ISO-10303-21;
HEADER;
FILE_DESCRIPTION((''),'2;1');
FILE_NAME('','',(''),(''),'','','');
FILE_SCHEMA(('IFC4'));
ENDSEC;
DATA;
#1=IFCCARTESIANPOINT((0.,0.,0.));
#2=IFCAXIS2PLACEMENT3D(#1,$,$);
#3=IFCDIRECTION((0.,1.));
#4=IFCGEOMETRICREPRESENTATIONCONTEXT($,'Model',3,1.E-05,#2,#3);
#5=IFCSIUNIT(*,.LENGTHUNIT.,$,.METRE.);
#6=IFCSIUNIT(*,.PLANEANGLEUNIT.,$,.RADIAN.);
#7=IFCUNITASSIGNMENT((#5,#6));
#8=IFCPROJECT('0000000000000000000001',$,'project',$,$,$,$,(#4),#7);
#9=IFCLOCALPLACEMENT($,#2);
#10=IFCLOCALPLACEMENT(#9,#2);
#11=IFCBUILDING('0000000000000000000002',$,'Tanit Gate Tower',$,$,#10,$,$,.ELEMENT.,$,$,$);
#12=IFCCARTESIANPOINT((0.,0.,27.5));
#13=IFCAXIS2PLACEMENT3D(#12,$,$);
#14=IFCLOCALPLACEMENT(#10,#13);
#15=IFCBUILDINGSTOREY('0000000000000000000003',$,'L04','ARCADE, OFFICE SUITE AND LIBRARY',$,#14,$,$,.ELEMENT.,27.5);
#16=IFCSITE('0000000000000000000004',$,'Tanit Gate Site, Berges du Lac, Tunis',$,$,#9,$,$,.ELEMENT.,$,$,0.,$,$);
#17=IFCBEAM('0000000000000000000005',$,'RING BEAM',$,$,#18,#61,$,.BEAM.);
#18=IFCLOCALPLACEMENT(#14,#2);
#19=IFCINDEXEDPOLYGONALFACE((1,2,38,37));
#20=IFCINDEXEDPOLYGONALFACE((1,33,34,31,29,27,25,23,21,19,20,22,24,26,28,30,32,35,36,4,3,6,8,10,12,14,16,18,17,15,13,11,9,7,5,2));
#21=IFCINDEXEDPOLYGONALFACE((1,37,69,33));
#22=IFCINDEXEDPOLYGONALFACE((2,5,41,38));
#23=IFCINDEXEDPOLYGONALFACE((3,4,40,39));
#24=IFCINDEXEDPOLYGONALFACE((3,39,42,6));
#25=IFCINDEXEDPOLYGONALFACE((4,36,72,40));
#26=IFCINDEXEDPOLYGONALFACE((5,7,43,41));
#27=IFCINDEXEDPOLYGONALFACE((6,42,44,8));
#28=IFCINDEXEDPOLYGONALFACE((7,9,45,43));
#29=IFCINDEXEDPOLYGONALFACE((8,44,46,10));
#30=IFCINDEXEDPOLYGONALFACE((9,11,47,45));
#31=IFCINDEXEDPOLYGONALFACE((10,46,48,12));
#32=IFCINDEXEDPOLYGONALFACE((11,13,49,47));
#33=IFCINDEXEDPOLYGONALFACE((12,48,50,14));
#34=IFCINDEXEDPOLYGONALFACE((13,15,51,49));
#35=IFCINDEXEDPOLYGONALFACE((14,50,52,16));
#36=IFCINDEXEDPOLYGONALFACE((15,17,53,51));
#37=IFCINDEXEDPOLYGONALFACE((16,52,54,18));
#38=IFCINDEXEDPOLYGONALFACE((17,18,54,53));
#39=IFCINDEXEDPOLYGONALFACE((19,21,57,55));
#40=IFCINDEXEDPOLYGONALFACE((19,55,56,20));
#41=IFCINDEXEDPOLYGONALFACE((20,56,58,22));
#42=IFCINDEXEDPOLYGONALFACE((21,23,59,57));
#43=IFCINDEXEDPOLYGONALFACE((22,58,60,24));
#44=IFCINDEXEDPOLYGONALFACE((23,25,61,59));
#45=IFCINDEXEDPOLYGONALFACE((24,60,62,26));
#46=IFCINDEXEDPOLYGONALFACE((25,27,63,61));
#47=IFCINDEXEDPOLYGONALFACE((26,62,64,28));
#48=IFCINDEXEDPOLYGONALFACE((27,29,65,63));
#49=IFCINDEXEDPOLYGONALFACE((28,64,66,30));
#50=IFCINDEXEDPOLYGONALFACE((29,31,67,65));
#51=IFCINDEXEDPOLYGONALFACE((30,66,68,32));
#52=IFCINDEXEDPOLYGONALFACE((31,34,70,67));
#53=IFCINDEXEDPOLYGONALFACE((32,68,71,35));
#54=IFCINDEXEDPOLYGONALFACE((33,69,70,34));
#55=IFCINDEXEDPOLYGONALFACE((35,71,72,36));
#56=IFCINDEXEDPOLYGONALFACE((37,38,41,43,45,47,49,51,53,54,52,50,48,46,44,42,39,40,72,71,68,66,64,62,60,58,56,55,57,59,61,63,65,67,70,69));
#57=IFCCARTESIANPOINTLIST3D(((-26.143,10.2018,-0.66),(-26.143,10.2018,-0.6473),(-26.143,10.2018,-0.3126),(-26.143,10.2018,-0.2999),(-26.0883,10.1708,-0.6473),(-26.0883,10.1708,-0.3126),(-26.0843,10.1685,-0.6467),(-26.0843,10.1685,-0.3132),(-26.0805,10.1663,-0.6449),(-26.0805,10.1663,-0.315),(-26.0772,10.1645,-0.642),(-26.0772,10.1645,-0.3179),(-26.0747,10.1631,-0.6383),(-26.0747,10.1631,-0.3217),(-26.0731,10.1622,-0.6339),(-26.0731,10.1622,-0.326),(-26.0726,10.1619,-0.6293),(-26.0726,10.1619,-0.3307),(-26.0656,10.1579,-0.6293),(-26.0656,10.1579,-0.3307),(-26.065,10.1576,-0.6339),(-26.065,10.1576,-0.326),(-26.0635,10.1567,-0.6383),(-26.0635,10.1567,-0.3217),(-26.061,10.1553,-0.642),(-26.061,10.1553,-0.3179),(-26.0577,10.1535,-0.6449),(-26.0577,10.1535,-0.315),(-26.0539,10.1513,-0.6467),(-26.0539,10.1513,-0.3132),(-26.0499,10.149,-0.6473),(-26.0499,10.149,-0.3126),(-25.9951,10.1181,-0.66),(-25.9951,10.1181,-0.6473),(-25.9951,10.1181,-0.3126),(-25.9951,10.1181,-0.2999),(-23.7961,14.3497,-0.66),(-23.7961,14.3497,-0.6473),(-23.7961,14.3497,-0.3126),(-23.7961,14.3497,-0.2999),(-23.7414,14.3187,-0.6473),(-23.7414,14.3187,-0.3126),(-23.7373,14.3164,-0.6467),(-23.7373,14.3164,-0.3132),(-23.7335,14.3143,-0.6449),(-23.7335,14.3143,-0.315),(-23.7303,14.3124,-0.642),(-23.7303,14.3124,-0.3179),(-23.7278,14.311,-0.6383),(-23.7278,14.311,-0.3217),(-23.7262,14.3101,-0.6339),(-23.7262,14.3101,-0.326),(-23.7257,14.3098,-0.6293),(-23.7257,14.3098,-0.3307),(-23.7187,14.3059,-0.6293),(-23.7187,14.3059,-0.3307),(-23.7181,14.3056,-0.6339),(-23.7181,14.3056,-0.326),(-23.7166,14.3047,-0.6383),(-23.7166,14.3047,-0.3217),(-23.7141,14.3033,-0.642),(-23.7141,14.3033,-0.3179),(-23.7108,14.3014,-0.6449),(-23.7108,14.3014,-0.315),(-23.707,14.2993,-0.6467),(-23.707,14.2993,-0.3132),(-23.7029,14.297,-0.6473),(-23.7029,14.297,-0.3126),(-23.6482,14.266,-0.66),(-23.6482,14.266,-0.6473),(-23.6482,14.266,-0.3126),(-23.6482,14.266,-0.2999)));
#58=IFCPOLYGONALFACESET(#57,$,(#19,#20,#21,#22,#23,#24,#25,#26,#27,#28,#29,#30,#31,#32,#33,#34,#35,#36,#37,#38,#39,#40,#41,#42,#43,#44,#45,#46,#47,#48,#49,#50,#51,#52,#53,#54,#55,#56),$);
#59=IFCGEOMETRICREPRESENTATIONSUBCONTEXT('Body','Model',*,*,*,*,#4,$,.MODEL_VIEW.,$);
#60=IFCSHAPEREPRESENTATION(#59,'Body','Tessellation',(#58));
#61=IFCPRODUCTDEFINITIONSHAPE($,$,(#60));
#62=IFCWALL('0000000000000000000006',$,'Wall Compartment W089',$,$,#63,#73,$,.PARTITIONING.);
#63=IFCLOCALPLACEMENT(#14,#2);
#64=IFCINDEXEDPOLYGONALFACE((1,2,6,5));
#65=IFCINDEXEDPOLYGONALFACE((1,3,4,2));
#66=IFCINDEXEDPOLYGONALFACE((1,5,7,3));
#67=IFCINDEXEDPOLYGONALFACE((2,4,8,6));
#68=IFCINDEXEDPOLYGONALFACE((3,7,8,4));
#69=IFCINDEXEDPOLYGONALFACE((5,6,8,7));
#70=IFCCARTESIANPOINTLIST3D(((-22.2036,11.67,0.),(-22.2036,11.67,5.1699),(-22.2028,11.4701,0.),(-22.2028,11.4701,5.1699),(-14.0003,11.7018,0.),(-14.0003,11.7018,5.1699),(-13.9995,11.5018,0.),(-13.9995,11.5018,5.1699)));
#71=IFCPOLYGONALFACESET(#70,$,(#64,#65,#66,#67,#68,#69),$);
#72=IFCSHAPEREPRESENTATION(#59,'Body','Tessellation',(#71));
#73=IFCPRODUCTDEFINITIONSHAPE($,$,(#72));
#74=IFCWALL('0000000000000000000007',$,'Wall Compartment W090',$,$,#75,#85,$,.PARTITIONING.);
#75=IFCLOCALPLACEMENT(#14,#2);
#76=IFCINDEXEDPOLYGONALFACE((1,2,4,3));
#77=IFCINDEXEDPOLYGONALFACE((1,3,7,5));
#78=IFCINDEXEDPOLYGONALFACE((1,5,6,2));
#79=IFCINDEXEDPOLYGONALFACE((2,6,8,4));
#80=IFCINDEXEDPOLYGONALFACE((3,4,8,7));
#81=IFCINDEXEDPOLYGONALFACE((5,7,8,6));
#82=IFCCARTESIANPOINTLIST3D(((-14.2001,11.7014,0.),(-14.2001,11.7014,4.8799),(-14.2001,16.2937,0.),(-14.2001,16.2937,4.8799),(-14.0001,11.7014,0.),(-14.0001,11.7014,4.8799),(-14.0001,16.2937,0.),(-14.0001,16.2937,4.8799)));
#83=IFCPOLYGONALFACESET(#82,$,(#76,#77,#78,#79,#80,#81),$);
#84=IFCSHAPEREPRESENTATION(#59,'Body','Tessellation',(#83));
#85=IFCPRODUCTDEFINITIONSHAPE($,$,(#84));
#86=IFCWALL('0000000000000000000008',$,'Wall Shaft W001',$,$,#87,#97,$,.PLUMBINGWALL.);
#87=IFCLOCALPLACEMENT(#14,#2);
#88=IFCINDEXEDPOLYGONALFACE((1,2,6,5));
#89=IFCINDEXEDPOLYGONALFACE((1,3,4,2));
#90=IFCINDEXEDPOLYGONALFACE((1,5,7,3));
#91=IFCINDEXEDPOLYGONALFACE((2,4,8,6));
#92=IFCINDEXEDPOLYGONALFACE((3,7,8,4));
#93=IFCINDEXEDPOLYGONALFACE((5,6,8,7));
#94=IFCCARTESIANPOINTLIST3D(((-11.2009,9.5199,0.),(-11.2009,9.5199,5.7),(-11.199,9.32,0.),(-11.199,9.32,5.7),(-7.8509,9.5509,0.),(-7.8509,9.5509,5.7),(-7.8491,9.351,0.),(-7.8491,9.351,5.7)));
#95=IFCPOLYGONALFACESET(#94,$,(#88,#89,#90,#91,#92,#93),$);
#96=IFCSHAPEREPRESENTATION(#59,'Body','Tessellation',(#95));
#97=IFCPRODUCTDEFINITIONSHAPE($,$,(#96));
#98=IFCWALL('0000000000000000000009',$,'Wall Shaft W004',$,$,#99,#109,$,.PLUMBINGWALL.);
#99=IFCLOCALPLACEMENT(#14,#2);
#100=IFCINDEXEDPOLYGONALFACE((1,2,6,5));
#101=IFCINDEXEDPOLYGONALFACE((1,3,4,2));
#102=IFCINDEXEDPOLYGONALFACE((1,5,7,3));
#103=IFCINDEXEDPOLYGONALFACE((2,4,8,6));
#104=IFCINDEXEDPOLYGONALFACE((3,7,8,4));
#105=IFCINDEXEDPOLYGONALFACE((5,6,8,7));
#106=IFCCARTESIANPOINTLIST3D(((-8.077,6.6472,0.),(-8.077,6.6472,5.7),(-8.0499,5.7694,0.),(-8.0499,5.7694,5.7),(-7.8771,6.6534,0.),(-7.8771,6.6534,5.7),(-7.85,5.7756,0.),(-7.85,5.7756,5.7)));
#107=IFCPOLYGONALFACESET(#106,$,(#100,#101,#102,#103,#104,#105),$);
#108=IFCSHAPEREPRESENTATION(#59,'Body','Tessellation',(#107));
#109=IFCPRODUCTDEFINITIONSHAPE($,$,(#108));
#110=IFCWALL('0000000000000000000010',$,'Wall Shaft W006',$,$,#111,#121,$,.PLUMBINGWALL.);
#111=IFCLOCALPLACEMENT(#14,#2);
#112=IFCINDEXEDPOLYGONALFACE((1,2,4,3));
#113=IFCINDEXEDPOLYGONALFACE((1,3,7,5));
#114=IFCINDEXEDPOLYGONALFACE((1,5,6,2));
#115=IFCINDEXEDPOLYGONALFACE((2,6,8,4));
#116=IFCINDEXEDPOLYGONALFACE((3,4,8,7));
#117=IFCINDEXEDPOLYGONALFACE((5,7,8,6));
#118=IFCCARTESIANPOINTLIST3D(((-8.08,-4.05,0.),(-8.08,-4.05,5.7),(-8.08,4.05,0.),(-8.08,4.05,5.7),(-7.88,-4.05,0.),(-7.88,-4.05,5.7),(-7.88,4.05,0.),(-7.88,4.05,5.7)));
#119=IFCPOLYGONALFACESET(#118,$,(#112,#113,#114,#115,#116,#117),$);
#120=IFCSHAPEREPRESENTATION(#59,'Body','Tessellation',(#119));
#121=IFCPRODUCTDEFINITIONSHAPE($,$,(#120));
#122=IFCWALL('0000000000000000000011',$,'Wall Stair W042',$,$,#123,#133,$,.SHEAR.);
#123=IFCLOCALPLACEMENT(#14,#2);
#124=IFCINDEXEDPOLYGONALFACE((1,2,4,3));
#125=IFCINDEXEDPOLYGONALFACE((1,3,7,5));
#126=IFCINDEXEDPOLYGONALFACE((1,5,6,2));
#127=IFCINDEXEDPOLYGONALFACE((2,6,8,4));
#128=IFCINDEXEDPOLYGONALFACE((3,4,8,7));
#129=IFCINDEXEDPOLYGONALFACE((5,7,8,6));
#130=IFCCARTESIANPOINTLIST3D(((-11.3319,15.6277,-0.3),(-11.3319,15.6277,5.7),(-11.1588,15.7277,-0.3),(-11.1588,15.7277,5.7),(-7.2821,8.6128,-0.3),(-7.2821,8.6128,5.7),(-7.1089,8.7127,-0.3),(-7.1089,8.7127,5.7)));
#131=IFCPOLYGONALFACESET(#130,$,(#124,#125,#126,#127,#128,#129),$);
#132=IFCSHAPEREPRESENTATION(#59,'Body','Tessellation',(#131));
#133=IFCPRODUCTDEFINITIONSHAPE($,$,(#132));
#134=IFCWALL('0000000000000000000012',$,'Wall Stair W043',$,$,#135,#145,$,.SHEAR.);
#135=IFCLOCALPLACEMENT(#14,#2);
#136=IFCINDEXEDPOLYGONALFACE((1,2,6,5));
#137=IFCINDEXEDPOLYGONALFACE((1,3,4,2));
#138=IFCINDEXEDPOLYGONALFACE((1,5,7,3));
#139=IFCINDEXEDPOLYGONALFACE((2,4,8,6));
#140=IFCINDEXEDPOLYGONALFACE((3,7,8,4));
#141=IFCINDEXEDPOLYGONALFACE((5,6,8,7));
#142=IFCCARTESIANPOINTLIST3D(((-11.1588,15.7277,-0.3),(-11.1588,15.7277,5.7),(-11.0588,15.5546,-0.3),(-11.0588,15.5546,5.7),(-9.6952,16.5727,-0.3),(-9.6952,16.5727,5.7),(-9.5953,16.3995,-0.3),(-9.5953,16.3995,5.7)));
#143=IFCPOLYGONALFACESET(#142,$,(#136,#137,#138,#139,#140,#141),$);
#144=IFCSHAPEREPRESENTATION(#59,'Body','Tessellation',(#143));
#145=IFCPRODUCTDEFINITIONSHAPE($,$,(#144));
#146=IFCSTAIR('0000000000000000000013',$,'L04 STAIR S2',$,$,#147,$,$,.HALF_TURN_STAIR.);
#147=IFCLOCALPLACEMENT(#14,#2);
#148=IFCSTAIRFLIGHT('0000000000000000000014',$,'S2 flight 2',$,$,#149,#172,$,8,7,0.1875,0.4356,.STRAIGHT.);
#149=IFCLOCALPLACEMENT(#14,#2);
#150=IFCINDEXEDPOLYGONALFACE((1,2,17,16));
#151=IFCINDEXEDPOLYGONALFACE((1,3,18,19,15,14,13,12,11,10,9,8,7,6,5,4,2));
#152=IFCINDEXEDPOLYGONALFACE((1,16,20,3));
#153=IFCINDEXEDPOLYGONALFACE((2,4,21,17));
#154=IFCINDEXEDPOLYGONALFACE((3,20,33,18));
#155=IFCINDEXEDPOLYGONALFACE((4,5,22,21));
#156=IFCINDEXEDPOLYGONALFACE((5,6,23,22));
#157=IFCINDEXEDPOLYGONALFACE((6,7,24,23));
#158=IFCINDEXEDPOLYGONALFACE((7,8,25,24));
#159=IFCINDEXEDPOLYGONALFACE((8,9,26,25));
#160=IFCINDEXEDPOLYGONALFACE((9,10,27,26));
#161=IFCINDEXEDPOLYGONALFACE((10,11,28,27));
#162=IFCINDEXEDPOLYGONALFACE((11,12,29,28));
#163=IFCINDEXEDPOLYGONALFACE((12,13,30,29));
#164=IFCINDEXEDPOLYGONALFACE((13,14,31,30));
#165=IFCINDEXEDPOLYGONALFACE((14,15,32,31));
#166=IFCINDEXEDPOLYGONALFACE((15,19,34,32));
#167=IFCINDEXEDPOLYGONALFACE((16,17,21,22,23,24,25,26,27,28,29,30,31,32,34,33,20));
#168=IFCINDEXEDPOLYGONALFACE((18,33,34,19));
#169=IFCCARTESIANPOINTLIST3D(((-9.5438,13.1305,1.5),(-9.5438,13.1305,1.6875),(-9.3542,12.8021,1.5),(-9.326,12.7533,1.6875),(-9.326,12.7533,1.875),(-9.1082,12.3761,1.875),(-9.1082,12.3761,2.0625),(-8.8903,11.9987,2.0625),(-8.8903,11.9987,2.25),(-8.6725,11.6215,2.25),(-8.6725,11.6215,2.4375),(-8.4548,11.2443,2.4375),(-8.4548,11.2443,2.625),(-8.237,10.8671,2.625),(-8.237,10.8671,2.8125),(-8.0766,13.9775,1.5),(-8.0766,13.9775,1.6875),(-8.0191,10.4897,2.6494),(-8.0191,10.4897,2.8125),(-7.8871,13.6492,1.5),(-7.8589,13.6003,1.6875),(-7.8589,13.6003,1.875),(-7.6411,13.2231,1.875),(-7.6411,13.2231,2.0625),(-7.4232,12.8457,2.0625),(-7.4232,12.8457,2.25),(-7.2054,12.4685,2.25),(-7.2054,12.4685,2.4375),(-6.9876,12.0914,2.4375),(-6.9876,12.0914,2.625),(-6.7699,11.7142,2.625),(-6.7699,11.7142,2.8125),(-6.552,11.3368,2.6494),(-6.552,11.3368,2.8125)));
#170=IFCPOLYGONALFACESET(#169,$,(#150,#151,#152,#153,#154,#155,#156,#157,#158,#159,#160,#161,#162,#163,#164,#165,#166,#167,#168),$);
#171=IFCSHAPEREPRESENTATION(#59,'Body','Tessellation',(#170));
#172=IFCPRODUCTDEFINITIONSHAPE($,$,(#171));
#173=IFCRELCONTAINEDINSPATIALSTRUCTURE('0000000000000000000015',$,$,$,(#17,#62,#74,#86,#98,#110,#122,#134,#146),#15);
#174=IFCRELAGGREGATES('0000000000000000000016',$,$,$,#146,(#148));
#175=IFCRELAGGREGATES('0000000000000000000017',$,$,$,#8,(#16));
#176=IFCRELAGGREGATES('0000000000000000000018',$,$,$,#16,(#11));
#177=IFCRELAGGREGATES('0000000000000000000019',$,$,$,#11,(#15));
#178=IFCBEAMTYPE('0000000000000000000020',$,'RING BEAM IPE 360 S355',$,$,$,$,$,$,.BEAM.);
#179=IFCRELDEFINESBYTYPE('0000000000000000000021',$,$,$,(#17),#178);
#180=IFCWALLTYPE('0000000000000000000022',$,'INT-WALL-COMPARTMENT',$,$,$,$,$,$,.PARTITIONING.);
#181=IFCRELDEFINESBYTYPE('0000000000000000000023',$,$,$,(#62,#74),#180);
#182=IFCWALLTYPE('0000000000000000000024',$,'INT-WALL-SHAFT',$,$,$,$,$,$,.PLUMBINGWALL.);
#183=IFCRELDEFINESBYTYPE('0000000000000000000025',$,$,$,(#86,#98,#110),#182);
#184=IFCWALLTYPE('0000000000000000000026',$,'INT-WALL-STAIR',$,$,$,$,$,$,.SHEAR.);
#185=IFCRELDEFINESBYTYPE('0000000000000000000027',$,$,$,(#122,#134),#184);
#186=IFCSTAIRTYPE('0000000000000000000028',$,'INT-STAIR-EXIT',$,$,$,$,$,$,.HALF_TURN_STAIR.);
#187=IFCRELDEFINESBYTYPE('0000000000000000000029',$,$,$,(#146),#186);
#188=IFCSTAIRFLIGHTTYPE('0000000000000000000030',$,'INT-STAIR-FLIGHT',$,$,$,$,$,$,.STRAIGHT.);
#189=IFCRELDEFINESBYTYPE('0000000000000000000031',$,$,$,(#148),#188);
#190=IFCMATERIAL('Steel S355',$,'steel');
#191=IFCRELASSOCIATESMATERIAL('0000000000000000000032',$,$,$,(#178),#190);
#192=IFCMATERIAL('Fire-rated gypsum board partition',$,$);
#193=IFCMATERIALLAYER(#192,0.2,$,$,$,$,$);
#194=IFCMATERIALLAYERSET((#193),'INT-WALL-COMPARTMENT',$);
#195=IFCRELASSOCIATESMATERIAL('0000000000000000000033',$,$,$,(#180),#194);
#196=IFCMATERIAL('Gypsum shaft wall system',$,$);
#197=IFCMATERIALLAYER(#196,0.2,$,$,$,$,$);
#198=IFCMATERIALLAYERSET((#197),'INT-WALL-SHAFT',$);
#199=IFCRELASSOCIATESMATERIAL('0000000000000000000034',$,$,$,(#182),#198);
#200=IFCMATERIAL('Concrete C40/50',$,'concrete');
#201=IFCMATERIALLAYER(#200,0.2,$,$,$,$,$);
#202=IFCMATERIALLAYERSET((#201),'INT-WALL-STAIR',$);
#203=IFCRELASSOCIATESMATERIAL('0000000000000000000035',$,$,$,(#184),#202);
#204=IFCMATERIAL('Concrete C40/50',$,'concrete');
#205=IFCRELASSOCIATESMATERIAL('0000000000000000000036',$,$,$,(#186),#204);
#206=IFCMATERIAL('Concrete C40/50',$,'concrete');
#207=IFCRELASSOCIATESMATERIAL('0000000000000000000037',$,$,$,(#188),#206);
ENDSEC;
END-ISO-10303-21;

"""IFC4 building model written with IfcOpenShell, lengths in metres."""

from ifc_helpers import new_model, si_unit, direction, frame, frame_2d, origin, origin_2d, place, context, subcontext, project, spatial, polyline, rectangle, i_section, outline, extrude, material, layer, layer_set, material_profile, profile_set, type_object, element, aggregate, save


model = new_model("IFC4")

# Units and contexts
model_context = context("Model", 3, precision=1e-05, world=origin(), true_north=direction((0.0, 1.0)))
body_context = subcontext(model_context, "Body", "Model", "MODEL_VIEW")
ifc_project = project(units=[si_unit("LENGTHUNIT", "METRE"), si_unit("PLANEANGLEUNIT", "RADIAN")], contexts=[model_context])

# Site, building, storey
site_placement = place(None, origin())
site = spatial("IfcSite", under=ifc_project, at=site_placement, Name="Tanit Gate Site, Berges du Lac, Tunis", CompositionType="ELEMENT", RefElevation=0.0)
building_placement = place(site_placement, origin())
building = spatial("IfcBuilding", under=site, at=building_placement, Name="Tanit Gate Tower", CompositionType="ELEMENT")
storey_placement = place(building_placement, frame((0.0, 0.0, 27.5)))
storey = spatial("IfcBuildingStorey", under=building, at=storey_placement, Name="L04", Description="ARCADE, OFFICE SUITE AND LIBRARY", CompositionType="ELEMENT", Elevation=27.5)

# Beam
ifc_material_1 = material(Name="Steel S355", Category="steel")
ifc_material_profile_1 = material_profile(ifc_material_1, i_section(OverallWidth=0.1699, OverallDepth=0.3601, WebThickness=0.0081, FlangeThickness=0.0127, FilletRadius=0.0181, at=origin_2d()), Name="IPE 360")
ifc_profile_set_1 = profile_set([ifc_material_profile_1], Name="Steel S355")
beam_type_1 = type_object("IfcBeamType", Name="RING BEAM IPE 360 S355", PredefinedType="BEAM", material=ifc_profile_set_1)
beam_1_placement = place(storey_placement, frame((-26.0691, 10.1599, -0.48), z_axis=(0.492444, 0.870344, 0.0), x_axis=(-0.870344, 0.492444, 0.0)))
element("IfcBeam", 1, at=beam_1_placement, inside=storey, type_object=beam_type_1, Name="RING BEAM", PredefinedType="BEAM", context=body_context, shape_type="SweptSolid", body=[
    extrude(i_section(OverallWidth=0.1699, OverallDepth=0.3601, WebThickness=0.0081, FlangeThickness=0.0127, FilletRadius=0.0181, at=origin_2d()), origin(), (0.0, 0.0, 1.0), 4.7659),
])

# Walls
ifc_material_2 = material(Name="Fire-rated gypsum board partition")
ifc_layer_1 = layer(ifc_material_2, 0.2)
ifc_layer_set_1 = layer_set([ifc_layer_1], Name="INT-WALL-COMPARTMENT")
wall_type_1 = type_object("IfcWallType", Name="INT-WALL-COMPARTMENT", PredefinedType="PARTITIONING", material=ifc_layer_set_1)
wall_1_placement = place(storey_placement, frame((-14.0, 11.6018, 0.0), z_axis=(0.0, 0.0, 1.0), x_axis=(-0.999993, -0.003869, 0.0)))
element("IfcWall", 2, at=wall_1_placement, inside=storey, type_object=wall_type_1, Name="Wall Compartment W089", PredefinedType="PARTITIONING", context=body_context, shape_type="SweptSolid", body=[
    extrude(rectangle(XDim=8.2034, YDim=0.2, at=frame_2d((4.1016, 0.0))), origin(), (0.0, 0.0, 1.0), 5.1699),
])
wall_2_placement = place(storey_placement, frame((-14.1001, 16.2937, 0.0), z_axis=(0.0, 0.0, 1.0), x_axis=(0.0, -1.0, 0.0)))
element("IfcWall", 3, at=wall_2_placement, inside=storey, type_object=wall_type_1, Name="Wall Compartment W090", PredefinedType="PARTITIONING", context=body_context, shape_type="SweptSolid", body=[
    extrude(rectangle(XDim=4.5923, YDim=0.2, at=frame_2d((2.2961, 0.0))), origin(), (0.0, 0.0, 1.0), 4.8799),
])
ifc_material_3 = material(Name="Gypsum shaft wall system")
ifc_layer_2 = layer(ifc_material_3, 0.2)
ifc_layer_set_2 = layer_set([ifc_layer_2], Name="INT-WALL-SHAFT")
wall_type_2 = type_object("IfcWallType", Name="INT-WALL-SHAFT", PredefinedType="PLUMBINGWALL", material=ifc_layer_set_2)
wall_3_placement = place(storey_placement, frame((-11.2, 9.4199, 0.0), z_axis=(0.0, 0.0, 1.0), x_axis=(0.999957, 0.009255, 0.0)))
element("IfcWall", 4, at=wall_3_placement, inside=storey, type_object=wall_type_2, Name="Wall Shaft W001", PredefinedType="PLUMBINGWALL", context=body_context, shape_type="SweptSolid", body=[
    extrude(rectangle(XDim=3.3501, YDim=0.2, at=frame_2d((1.675, 0.0))), origin(), (0.0, 0.0, 1.0), 5.7),
])
wall_4_placement = place(storey_placement, frame((-7.9771, 6.6501, 0.0), z_axis=(0.0, 0.0, 1.0), x_axis=(0.030862, -0.999524, 0.0)))
element("IfcWall", 5, at=wall_4_placement, inside=storey, type_object=wall_type_2, Name="Wall Shaft W004", PredefinedType="PLUMBINGWALL", context=body_context, shape_type="SweptSolid", body=[
    extrude(rectangle(XDim=0.8782, YDim=0.2, at=frame_2d((0.439, 0.0))), origin(), (0.0, 0.0, 1.0), 5.7),
])
wall_5_placement = place(storey_placement, frame((-7.98, 4.05, 0.0), z_axis=(0.0, 0.0, 1.0), x_axis=(0.0, -1.0, 0.0)))
element("IfcWall", 6, at=wall_5_placement, inside=storey, type_object=wall_type_2, Name="Wall Shaft W006", PredefinedType="PLUMBINGWALL", context=body_context, shape_type="SweptSolid", body=[
    extrude(rectangle(XDim=8.1001, YDim=0.2, at=frame_2d((4.05, 0.0))), origin(), (0.0, 0.0, 1.0), 5.7),
])
ifc_material_4 = material(Name="Concrete C40/50", Category="concrete")
ifc_layer_3 = layer(ifc_material_4, 0.2)
ifc_layer_set_3 = layer_set([ifc_layer_3], Name="INT-WALL-STAIR")
wall_type_3 = type_object("IfcWallType", Name="INT-WALL-STAIR", PredefinedType="SHEAR", material=ifc_layer_set_3)
wall_6_placement = place(storey_placement, frame((-11.2454, 15.6777, -0.3), z_axis=(0.0, 0.0, 1.0), x_axis=(0.499977, -0.866039, 0.0)))
element("IfcWall", 7, at=wall_6_placement, inside=storey, type_object=wall_type_3, Name="Wall Stair W042", PredefinedType="SHEAR", context=body_context, shape_type="SweptSolid", body=[
    extrude(rectangle(XDim=8.1001, YDim=0.2, at=frame_2d((4.05, 0.0))), origin(), (0.0, 0.0, 1.0), 6.0),
])
wall_7_placement = place(storey_placement, frame((-9.6453, 16.4861, -0.3), z_axis=(0.0, 0.0, 1.0), x_axis=(-0.866039, -0.499977, 0.0)))
element("IfcWall", 8, at=wall_7_placement, inside=storey, type_object=wall_type_3, Name="Wall Stair W043", PredefinedType="SHEAR", context=body_context, shape_type="SweptSolid", body=[
    extrude(rectangle(XDim=1.6899, YDim=0.2, at=frame_2d((0.845, 0.0))), origin(), (0.0, 0.0, 1.0), 6.0),
])

# Stair, stair flight
ifc_material_5 = material(Name="Concrete C40/50", Category="concrete")
stair_type = type_object("IfcStairType", Name="INT-STAIR-EXIT", PredefinedType="HALF_TURN_STAIR", material=ifc_material_5)
stair_placement = place(storey_placement, origin())
stair = element("IfcStair", 9, at=stair_placement, inside=storey, type_object=stair_type, Name="L04 STAIR S2", PredefinedType="HALF_TURN_STAIR")
ifc_material_6 = material(Name="Concrete C40/50", Category="concrete")
stair_flight_type = type_object("IfcStairFlightType", Name="INT-STAIR-FLIGHT", PredefinedType="STRAIGHT", material=ifc_material_6)
stair_flight_1_placement = place(storey_placement, frame((-8.8103, 13.554, 1.5), z_axis=(0.0, 0.0, 1.0), x_axis=(0.5, -0.866025, 0.0)))
stair_flight_1 = element("IfcStairFlight", 10, at=stair_flight_1_placement, type_object=stair_flight_type, Name="S2 flight 2", NumberOfRisers=8, NumberOfTreads=7, PredefinedType="STRAIGHT", RiserHeight=0.1875, TreadLength=0.4356, context=body_context, shape_type="SweptSolid", body=[
    extrude(outline(polyline([(0.0, 0.0), (0.0, 0.1875), (0.4355, 0.1875), (0.4355, 0.375), (0.8711, 0.375), (0.8711, 0.5625), (1.3069, 0.5625), (1.3069, 0.75), (1.7424, 0.75), (1.7424, 0.9375), (2.178, 0.9375), (2.178, 1.125), (2.6135, 1.125), (2.6135, 1.3125), (3.0493, 1.3125), (3.0493, 1.5), (3.0493, 1.1494), (0.3792, 0.0), (0.0, 0.0)])), frame((0.0, 0.8472, 0.0), z_axis=(0.0, -1.0, 0.0), x_axis=(1.0, 0.0, 0.0)), (0.0, 0.0, 1.0), 1.6941),
])
aggregate(stair, [stair_flight_1])

save(model, "model.ifc")
